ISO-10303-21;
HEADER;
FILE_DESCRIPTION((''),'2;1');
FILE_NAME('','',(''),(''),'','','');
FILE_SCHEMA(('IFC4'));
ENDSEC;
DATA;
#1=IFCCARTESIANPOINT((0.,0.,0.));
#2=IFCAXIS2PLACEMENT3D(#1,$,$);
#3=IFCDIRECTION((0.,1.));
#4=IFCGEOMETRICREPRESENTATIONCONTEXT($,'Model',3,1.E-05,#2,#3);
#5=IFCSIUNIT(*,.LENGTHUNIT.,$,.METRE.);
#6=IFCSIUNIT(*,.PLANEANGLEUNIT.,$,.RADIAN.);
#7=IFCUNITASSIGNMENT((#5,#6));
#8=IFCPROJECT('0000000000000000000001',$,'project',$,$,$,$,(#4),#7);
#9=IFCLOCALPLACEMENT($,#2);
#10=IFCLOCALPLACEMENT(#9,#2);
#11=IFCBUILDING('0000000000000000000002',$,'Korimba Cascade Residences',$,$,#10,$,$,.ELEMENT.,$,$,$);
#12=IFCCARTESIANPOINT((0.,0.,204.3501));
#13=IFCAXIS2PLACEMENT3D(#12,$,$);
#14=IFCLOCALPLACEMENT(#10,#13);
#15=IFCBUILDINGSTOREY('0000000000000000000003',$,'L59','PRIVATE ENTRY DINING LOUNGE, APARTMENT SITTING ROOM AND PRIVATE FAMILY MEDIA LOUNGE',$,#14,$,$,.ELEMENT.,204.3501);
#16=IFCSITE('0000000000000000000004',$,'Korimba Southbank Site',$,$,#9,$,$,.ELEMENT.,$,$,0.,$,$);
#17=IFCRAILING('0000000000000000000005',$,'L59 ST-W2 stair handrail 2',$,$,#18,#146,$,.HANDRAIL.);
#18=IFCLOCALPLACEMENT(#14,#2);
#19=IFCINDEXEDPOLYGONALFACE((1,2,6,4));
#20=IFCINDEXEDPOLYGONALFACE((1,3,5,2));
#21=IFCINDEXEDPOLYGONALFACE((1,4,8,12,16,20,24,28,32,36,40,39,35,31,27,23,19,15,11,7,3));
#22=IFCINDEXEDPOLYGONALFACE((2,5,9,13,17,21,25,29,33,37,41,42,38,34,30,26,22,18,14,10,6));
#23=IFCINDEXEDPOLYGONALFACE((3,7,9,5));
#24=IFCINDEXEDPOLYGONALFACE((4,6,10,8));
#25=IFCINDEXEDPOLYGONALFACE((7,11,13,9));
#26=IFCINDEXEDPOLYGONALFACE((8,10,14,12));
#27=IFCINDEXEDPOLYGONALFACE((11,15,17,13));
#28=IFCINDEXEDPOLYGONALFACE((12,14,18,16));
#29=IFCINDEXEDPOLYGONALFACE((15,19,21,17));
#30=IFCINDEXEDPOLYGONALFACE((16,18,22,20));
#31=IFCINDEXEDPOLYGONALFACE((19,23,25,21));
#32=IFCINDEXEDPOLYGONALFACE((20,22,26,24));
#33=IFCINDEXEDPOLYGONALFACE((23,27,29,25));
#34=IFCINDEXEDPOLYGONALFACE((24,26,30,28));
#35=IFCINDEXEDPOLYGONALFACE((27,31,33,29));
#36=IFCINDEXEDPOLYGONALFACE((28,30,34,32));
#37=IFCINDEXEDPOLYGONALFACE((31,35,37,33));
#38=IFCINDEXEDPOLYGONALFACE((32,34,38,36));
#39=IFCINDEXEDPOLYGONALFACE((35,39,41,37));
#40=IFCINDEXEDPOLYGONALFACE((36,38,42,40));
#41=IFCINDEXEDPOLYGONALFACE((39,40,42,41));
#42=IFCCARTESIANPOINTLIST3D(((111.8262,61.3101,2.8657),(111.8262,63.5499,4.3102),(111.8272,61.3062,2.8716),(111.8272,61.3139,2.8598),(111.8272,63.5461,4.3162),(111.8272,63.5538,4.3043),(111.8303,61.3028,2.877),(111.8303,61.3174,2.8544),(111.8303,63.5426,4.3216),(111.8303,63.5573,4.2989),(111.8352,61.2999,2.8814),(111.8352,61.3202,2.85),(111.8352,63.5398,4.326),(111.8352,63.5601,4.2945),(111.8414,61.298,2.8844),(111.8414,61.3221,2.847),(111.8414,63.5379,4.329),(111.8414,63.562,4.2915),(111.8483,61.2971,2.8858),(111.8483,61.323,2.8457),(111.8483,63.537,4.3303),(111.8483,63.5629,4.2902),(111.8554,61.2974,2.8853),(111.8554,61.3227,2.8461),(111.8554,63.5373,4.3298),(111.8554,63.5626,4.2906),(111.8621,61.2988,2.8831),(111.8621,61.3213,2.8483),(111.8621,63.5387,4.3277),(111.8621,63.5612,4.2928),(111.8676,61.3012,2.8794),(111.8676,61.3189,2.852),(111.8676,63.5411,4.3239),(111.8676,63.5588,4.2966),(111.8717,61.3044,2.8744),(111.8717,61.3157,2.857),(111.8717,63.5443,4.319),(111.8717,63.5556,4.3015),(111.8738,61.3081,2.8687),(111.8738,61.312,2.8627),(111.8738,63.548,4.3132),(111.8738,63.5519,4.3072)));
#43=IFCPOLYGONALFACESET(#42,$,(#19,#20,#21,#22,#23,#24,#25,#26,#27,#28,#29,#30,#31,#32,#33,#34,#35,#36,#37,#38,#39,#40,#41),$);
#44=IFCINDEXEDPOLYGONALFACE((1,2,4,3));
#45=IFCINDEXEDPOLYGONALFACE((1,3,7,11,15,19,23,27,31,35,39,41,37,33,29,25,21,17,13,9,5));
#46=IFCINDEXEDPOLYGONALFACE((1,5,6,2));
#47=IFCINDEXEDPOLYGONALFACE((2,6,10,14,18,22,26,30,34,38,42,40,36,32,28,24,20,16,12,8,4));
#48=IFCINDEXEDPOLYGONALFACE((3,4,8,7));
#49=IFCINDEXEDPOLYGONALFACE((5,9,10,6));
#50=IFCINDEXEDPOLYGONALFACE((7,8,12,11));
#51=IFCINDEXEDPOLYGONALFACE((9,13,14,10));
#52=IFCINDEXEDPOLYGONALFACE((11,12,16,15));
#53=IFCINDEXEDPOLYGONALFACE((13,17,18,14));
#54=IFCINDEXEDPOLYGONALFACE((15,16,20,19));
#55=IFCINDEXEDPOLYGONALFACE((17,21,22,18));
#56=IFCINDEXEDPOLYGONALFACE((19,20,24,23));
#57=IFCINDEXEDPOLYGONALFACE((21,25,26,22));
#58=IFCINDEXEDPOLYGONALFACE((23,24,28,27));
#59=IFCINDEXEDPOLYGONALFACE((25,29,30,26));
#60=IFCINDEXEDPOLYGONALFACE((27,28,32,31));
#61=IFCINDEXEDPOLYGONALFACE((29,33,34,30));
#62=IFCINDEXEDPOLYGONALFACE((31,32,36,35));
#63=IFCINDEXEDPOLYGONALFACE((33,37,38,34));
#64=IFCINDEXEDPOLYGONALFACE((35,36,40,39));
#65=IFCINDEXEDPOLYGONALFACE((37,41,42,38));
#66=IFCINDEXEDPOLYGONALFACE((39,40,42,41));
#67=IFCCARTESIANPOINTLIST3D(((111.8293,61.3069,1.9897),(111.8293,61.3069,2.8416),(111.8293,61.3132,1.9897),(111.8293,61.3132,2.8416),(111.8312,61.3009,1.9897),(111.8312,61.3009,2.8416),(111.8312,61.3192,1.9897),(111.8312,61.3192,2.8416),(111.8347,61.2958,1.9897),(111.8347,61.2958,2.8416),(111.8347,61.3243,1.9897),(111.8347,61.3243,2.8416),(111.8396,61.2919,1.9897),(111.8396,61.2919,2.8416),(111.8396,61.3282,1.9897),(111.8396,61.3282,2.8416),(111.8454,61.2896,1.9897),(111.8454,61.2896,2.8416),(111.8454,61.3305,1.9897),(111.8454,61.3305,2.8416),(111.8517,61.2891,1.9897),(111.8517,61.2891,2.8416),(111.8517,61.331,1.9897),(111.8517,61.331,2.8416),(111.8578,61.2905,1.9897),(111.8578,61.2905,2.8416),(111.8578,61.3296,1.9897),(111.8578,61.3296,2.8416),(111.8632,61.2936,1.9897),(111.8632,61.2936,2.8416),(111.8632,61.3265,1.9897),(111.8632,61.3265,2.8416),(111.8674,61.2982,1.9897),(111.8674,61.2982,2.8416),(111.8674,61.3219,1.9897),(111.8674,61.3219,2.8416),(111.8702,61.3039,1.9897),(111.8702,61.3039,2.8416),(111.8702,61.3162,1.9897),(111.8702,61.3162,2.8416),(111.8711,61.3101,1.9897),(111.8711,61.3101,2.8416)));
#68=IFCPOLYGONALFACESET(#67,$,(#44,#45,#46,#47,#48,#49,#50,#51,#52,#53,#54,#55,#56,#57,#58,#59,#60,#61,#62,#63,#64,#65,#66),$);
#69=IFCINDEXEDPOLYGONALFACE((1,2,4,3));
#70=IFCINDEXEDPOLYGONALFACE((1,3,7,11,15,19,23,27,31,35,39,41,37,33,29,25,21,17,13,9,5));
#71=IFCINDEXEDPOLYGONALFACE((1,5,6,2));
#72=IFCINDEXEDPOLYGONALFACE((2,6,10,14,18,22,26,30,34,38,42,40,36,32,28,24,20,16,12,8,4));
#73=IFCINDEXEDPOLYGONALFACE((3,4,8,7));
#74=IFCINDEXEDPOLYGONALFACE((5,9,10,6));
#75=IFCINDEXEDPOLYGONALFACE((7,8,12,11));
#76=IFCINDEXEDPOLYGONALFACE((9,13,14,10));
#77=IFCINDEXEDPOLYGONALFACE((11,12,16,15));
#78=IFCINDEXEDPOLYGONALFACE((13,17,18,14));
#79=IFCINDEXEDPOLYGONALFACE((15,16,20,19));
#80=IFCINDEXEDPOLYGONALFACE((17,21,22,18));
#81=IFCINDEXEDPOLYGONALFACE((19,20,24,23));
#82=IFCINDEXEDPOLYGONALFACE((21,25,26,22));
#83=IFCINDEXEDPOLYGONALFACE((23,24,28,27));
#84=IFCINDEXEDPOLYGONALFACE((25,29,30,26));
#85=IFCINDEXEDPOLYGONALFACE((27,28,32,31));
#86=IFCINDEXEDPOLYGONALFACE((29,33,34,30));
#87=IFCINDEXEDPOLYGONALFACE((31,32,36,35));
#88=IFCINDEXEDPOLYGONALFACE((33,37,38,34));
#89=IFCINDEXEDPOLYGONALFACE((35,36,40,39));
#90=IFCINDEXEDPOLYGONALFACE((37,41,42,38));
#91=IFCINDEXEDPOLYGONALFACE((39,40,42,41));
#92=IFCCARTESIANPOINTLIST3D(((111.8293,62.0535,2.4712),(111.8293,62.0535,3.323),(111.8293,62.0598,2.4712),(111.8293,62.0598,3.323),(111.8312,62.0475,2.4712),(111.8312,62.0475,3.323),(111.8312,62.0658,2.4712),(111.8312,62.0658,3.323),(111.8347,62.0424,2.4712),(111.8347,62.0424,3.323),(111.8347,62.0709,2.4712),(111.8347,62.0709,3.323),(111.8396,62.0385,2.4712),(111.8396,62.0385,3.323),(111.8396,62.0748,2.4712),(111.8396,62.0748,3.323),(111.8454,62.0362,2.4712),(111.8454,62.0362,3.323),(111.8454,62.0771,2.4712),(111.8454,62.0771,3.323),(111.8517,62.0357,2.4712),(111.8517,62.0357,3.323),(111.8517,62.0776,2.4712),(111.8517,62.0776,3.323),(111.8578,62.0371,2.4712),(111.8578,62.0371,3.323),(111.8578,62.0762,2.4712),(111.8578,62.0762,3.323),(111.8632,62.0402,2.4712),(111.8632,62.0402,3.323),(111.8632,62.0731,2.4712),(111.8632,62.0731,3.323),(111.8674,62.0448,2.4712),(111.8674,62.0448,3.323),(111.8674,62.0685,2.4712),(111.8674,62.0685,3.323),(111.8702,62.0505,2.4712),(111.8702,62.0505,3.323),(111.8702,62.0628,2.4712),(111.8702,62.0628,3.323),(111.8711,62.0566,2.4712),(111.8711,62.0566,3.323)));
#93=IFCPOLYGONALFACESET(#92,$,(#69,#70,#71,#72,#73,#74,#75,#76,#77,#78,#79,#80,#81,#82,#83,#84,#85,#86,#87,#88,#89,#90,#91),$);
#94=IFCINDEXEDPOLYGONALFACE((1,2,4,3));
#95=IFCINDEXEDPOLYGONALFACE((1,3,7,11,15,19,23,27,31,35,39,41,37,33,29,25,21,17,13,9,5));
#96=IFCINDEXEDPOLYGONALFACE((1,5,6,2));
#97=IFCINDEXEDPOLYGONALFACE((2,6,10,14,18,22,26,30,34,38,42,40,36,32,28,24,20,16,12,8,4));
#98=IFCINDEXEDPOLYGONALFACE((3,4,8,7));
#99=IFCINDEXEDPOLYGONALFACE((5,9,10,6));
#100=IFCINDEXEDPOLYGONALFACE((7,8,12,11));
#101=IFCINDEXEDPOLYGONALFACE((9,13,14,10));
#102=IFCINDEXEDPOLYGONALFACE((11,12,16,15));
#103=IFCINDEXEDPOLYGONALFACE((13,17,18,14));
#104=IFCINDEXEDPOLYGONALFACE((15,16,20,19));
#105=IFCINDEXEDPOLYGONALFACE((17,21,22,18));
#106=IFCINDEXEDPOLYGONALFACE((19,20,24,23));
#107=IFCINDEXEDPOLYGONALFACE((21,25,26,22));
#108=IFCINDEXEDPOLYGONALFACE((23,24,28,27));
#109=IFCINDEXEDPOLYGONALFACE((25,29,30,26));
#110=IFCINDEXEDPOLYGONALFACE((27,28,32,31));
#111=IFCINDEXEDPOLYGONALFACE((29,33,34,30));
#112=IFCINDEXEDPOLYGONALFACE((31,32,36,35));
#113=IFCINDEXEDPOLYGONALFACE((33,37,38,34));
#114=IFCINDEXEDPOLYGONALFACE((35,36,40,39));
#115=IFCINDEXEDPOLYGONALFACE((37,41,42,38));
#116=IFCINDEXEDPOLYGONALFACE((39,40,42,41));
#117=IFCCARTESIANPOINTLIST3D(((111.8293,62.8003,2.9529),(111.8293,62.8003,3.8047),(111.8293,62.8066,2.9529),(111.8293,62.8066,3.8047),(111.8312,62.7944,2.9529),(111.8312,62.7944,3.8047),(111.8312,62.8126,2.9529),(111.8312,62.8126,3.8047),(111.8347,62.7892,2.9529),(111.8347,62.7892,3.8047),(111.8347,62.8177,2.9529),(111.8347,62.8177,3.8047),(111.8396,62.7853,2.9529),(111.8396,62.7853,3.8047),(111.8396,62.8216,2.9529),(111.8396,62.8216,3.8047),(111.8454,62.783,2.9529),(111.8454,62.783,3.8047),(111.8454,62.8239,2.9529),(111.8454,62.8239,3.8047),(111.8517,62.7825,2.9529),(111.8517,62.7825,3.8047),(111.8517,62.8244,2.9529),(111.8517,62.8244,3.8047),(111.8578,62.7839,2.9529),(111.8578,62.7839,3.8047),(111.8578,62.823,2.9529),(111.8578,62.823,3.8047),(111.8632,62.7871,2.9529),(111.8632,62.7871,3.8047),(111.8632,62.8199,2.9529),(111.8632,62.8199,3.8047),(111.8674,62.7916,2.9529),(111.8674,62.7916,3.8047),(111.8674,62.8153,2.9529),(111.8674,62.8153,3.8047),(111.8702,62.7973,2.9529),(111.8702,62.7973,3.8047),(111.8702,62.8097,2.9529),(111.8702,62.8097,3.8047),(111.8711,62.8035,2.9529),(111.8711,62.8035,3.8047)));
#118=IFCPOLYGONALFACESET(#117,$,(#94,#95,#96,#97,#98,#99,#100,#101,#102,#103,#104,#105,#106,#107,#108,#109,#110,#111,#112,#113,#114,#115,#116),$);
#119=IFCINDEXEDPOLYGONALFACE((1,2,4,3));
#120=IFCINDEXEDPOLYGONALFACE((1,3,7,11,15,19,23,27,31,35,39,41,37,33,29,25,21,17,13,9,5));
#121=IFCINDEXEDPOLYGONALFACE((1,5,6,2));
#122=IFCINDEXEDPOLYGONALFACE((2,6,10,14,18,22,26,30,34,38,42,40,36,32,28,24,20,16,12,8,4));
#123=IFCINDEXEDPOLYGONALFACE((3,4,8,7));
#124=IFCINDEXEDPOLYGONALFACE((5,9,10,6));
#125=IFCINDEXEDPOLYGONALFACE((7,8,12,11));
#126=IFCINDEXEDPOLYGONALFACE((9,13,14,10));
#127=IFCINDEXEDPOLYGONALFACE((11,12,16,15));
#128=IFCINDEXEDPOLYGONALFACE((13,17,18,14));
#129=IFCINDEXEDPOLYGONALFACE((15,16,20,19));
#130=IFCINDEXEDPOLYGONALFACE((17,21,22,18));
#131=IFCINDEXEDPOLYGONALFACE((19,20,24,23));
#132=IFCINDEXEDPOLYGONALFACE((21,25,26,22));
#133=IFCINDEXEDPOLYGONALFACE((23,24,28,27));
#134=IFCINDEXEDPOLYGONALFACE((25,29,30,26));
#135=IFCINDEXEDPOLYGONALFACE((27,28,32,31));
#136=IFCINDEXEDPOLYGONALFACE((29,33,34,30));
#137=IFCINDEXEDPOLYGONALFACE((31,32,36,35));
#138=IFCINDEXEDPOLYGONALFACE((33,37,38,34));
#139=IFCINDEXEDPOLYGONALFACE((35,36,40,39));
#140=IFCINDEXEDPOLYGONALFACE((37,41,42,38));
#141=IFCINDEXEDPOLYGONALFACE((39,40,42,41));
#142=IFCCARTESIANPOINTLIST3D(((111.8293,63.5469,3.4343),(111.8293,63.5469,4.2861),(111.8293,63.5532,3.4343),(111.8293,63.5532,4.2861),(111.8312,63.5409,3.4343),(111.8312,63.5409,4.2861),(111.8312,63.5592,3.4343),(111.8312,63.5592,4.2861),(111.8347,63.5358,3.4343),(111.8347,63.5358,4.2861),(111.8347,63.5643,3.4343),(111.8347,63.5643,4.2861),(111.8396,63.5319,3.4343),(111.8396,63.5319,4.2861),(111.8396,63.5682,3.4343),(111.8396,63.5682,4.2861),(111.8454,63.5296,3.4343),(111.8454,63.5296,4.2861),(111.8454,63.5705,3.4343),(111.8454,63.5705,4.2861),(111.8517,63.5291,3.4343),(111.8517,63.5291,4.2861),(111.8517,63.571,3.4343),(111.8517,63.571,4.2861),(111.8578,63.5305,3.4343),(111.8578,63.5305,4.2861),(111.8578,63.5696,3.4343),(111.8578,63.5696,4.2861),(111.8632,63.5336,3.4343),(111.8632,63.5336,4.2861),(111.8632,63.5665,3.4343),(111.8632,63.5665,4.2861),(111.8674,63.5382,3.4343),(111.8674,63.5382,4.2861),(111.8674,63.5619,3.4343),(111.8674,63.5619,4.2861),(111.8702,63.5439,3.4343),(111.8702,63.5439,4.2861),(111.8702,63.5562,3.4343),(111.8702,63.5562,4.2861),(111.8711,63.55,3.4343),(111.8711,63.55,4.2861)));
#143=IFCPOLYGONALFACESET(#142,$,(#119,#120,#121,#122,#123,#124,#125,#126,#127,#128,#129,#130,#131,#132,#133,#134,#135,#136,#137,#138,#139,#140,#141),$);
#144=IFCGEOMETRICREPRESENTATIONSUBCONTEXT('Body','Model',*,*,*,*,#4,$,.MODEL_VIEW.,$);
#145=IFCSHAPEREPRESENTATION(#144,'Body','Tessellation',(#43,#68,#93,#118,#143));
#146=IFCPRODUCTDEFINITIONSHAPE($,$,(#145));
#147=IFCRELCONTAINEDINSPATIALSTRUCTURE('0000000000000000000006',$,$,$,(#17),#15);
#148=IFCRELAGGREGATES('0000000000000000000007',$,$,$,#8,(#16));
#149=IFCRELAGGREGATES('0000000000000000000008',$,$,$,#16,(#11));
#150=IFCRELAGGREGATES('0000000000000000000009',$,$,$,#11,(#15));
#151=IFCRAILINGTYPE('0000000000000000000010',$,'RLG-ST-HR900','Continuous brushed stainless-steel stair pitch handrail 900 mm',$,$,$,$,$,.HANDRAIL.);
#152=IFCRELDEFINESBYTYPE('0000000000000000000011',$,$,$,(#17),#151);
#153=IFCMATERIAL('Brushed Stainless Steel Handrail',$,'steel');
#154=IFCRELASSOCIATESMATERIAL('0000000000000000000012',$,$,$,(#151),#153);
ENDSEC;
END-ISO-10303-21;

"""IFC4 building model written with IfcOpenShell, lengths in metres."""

from ifc_helpers import new_model, si_unit, direction, frame, origin, origin_2d, place, context, subcontext, project, spatial, circle, extrude, material, type_object, element, save


model = new_model("IFC4")

# Units and contexts
model_context = context("Model", 3, precision=1e-05, world=origin(), true_north=direction((0.0, 1.0)))
body_context = subcontext(model_context, "Body", "Model", "MODEL_VIEW")
ifc_project = project(units=[si_unit("LENGTHUNIT", "METRE"), si_unit("PLANEANGLEUNIT", "RADIAN")], contexts=[model_context])

# Site, building, storey
site_placement = place(None, origin())
site = spatial("IfcSite", under=ifc_project, at=site_placement, Name="Korimba Southbank Site", CompositionType="ELEMENT", RefElevation=0.0)
building_placement = place(site_placement, origin())
building = spatial("IfcBuilding", under=site, at=building_placement, Name="Korimba Cascade Residences", CompositionType="ELEMENT")
storey_placement = place(building_placement, frame((0.0, 0.0, 204.3501)))
storey = spatial("IfcBuildingStorey", under=building, at=storey_placement, Name="L59", Description="PRIVATE ENTRY DINING LOUNGE, APARTMENT SITTING ROOM AND PRIVATE FAMILY MEDIA LOUNGE", CompositionType="ELEMENT", Elevation=204.3501)

# Railing
ifc_material_1 = material(Name="Brushed Stainless Steel Handrail", Category="steel")
railing_type_1 = type_object("IfcRailingType", Name="RLG-ST-HR900", Description="Continuous brushed stainless-steel stair pitch handrail 900 mm", PredefinedType="HANDRAIL", material=ifc_material_1)
railing_1_placement = place(storey_placement, frame((111.8501, 61.3101, 1.9897)))
element("IfcRailing", 1, at=railing_1_placement, inside=storey, type_object=railing_type_1, Name="L59 ST-W2 stair handrail 2", PredefinedType="HANDRAIL", context=body_context, shape_type="SweptSolid", body=[
    extrude(circle(Radius=0.0239, at=origin_2d()), frame((0.0, 0.0, 0.876), z_axis=(0.0, 0.840395, 0.541975), x_axis=(-1.0, 0.0, 0.0)), (0.0, 0.0, 1.0), 2.6653),
    extrude(circle(Radius=0.021, at=origin_2d()), origin(), (0.0, 0.0, 1.0), 0.8518),
    extrude(circle(Radius=0.021, at=origin_2d()), frame((0.0, 0.7466, 0.4814)), (0.0, 0.0, 1.0), 0.8518),
    extrude(circle(Radius=0.021, at=origin_2d()), frame((0.0, 1.4934, 0.9631)), (0.0, 0.0, 1.0), 0.8518),
    extrude(circle(Radius=0.021, at=origin_2d()), frame((0.0, 2.24, 1.4446)), (0.0, 0.0, 1.0), 0.8518),
])

save(model, "model.ifc")
